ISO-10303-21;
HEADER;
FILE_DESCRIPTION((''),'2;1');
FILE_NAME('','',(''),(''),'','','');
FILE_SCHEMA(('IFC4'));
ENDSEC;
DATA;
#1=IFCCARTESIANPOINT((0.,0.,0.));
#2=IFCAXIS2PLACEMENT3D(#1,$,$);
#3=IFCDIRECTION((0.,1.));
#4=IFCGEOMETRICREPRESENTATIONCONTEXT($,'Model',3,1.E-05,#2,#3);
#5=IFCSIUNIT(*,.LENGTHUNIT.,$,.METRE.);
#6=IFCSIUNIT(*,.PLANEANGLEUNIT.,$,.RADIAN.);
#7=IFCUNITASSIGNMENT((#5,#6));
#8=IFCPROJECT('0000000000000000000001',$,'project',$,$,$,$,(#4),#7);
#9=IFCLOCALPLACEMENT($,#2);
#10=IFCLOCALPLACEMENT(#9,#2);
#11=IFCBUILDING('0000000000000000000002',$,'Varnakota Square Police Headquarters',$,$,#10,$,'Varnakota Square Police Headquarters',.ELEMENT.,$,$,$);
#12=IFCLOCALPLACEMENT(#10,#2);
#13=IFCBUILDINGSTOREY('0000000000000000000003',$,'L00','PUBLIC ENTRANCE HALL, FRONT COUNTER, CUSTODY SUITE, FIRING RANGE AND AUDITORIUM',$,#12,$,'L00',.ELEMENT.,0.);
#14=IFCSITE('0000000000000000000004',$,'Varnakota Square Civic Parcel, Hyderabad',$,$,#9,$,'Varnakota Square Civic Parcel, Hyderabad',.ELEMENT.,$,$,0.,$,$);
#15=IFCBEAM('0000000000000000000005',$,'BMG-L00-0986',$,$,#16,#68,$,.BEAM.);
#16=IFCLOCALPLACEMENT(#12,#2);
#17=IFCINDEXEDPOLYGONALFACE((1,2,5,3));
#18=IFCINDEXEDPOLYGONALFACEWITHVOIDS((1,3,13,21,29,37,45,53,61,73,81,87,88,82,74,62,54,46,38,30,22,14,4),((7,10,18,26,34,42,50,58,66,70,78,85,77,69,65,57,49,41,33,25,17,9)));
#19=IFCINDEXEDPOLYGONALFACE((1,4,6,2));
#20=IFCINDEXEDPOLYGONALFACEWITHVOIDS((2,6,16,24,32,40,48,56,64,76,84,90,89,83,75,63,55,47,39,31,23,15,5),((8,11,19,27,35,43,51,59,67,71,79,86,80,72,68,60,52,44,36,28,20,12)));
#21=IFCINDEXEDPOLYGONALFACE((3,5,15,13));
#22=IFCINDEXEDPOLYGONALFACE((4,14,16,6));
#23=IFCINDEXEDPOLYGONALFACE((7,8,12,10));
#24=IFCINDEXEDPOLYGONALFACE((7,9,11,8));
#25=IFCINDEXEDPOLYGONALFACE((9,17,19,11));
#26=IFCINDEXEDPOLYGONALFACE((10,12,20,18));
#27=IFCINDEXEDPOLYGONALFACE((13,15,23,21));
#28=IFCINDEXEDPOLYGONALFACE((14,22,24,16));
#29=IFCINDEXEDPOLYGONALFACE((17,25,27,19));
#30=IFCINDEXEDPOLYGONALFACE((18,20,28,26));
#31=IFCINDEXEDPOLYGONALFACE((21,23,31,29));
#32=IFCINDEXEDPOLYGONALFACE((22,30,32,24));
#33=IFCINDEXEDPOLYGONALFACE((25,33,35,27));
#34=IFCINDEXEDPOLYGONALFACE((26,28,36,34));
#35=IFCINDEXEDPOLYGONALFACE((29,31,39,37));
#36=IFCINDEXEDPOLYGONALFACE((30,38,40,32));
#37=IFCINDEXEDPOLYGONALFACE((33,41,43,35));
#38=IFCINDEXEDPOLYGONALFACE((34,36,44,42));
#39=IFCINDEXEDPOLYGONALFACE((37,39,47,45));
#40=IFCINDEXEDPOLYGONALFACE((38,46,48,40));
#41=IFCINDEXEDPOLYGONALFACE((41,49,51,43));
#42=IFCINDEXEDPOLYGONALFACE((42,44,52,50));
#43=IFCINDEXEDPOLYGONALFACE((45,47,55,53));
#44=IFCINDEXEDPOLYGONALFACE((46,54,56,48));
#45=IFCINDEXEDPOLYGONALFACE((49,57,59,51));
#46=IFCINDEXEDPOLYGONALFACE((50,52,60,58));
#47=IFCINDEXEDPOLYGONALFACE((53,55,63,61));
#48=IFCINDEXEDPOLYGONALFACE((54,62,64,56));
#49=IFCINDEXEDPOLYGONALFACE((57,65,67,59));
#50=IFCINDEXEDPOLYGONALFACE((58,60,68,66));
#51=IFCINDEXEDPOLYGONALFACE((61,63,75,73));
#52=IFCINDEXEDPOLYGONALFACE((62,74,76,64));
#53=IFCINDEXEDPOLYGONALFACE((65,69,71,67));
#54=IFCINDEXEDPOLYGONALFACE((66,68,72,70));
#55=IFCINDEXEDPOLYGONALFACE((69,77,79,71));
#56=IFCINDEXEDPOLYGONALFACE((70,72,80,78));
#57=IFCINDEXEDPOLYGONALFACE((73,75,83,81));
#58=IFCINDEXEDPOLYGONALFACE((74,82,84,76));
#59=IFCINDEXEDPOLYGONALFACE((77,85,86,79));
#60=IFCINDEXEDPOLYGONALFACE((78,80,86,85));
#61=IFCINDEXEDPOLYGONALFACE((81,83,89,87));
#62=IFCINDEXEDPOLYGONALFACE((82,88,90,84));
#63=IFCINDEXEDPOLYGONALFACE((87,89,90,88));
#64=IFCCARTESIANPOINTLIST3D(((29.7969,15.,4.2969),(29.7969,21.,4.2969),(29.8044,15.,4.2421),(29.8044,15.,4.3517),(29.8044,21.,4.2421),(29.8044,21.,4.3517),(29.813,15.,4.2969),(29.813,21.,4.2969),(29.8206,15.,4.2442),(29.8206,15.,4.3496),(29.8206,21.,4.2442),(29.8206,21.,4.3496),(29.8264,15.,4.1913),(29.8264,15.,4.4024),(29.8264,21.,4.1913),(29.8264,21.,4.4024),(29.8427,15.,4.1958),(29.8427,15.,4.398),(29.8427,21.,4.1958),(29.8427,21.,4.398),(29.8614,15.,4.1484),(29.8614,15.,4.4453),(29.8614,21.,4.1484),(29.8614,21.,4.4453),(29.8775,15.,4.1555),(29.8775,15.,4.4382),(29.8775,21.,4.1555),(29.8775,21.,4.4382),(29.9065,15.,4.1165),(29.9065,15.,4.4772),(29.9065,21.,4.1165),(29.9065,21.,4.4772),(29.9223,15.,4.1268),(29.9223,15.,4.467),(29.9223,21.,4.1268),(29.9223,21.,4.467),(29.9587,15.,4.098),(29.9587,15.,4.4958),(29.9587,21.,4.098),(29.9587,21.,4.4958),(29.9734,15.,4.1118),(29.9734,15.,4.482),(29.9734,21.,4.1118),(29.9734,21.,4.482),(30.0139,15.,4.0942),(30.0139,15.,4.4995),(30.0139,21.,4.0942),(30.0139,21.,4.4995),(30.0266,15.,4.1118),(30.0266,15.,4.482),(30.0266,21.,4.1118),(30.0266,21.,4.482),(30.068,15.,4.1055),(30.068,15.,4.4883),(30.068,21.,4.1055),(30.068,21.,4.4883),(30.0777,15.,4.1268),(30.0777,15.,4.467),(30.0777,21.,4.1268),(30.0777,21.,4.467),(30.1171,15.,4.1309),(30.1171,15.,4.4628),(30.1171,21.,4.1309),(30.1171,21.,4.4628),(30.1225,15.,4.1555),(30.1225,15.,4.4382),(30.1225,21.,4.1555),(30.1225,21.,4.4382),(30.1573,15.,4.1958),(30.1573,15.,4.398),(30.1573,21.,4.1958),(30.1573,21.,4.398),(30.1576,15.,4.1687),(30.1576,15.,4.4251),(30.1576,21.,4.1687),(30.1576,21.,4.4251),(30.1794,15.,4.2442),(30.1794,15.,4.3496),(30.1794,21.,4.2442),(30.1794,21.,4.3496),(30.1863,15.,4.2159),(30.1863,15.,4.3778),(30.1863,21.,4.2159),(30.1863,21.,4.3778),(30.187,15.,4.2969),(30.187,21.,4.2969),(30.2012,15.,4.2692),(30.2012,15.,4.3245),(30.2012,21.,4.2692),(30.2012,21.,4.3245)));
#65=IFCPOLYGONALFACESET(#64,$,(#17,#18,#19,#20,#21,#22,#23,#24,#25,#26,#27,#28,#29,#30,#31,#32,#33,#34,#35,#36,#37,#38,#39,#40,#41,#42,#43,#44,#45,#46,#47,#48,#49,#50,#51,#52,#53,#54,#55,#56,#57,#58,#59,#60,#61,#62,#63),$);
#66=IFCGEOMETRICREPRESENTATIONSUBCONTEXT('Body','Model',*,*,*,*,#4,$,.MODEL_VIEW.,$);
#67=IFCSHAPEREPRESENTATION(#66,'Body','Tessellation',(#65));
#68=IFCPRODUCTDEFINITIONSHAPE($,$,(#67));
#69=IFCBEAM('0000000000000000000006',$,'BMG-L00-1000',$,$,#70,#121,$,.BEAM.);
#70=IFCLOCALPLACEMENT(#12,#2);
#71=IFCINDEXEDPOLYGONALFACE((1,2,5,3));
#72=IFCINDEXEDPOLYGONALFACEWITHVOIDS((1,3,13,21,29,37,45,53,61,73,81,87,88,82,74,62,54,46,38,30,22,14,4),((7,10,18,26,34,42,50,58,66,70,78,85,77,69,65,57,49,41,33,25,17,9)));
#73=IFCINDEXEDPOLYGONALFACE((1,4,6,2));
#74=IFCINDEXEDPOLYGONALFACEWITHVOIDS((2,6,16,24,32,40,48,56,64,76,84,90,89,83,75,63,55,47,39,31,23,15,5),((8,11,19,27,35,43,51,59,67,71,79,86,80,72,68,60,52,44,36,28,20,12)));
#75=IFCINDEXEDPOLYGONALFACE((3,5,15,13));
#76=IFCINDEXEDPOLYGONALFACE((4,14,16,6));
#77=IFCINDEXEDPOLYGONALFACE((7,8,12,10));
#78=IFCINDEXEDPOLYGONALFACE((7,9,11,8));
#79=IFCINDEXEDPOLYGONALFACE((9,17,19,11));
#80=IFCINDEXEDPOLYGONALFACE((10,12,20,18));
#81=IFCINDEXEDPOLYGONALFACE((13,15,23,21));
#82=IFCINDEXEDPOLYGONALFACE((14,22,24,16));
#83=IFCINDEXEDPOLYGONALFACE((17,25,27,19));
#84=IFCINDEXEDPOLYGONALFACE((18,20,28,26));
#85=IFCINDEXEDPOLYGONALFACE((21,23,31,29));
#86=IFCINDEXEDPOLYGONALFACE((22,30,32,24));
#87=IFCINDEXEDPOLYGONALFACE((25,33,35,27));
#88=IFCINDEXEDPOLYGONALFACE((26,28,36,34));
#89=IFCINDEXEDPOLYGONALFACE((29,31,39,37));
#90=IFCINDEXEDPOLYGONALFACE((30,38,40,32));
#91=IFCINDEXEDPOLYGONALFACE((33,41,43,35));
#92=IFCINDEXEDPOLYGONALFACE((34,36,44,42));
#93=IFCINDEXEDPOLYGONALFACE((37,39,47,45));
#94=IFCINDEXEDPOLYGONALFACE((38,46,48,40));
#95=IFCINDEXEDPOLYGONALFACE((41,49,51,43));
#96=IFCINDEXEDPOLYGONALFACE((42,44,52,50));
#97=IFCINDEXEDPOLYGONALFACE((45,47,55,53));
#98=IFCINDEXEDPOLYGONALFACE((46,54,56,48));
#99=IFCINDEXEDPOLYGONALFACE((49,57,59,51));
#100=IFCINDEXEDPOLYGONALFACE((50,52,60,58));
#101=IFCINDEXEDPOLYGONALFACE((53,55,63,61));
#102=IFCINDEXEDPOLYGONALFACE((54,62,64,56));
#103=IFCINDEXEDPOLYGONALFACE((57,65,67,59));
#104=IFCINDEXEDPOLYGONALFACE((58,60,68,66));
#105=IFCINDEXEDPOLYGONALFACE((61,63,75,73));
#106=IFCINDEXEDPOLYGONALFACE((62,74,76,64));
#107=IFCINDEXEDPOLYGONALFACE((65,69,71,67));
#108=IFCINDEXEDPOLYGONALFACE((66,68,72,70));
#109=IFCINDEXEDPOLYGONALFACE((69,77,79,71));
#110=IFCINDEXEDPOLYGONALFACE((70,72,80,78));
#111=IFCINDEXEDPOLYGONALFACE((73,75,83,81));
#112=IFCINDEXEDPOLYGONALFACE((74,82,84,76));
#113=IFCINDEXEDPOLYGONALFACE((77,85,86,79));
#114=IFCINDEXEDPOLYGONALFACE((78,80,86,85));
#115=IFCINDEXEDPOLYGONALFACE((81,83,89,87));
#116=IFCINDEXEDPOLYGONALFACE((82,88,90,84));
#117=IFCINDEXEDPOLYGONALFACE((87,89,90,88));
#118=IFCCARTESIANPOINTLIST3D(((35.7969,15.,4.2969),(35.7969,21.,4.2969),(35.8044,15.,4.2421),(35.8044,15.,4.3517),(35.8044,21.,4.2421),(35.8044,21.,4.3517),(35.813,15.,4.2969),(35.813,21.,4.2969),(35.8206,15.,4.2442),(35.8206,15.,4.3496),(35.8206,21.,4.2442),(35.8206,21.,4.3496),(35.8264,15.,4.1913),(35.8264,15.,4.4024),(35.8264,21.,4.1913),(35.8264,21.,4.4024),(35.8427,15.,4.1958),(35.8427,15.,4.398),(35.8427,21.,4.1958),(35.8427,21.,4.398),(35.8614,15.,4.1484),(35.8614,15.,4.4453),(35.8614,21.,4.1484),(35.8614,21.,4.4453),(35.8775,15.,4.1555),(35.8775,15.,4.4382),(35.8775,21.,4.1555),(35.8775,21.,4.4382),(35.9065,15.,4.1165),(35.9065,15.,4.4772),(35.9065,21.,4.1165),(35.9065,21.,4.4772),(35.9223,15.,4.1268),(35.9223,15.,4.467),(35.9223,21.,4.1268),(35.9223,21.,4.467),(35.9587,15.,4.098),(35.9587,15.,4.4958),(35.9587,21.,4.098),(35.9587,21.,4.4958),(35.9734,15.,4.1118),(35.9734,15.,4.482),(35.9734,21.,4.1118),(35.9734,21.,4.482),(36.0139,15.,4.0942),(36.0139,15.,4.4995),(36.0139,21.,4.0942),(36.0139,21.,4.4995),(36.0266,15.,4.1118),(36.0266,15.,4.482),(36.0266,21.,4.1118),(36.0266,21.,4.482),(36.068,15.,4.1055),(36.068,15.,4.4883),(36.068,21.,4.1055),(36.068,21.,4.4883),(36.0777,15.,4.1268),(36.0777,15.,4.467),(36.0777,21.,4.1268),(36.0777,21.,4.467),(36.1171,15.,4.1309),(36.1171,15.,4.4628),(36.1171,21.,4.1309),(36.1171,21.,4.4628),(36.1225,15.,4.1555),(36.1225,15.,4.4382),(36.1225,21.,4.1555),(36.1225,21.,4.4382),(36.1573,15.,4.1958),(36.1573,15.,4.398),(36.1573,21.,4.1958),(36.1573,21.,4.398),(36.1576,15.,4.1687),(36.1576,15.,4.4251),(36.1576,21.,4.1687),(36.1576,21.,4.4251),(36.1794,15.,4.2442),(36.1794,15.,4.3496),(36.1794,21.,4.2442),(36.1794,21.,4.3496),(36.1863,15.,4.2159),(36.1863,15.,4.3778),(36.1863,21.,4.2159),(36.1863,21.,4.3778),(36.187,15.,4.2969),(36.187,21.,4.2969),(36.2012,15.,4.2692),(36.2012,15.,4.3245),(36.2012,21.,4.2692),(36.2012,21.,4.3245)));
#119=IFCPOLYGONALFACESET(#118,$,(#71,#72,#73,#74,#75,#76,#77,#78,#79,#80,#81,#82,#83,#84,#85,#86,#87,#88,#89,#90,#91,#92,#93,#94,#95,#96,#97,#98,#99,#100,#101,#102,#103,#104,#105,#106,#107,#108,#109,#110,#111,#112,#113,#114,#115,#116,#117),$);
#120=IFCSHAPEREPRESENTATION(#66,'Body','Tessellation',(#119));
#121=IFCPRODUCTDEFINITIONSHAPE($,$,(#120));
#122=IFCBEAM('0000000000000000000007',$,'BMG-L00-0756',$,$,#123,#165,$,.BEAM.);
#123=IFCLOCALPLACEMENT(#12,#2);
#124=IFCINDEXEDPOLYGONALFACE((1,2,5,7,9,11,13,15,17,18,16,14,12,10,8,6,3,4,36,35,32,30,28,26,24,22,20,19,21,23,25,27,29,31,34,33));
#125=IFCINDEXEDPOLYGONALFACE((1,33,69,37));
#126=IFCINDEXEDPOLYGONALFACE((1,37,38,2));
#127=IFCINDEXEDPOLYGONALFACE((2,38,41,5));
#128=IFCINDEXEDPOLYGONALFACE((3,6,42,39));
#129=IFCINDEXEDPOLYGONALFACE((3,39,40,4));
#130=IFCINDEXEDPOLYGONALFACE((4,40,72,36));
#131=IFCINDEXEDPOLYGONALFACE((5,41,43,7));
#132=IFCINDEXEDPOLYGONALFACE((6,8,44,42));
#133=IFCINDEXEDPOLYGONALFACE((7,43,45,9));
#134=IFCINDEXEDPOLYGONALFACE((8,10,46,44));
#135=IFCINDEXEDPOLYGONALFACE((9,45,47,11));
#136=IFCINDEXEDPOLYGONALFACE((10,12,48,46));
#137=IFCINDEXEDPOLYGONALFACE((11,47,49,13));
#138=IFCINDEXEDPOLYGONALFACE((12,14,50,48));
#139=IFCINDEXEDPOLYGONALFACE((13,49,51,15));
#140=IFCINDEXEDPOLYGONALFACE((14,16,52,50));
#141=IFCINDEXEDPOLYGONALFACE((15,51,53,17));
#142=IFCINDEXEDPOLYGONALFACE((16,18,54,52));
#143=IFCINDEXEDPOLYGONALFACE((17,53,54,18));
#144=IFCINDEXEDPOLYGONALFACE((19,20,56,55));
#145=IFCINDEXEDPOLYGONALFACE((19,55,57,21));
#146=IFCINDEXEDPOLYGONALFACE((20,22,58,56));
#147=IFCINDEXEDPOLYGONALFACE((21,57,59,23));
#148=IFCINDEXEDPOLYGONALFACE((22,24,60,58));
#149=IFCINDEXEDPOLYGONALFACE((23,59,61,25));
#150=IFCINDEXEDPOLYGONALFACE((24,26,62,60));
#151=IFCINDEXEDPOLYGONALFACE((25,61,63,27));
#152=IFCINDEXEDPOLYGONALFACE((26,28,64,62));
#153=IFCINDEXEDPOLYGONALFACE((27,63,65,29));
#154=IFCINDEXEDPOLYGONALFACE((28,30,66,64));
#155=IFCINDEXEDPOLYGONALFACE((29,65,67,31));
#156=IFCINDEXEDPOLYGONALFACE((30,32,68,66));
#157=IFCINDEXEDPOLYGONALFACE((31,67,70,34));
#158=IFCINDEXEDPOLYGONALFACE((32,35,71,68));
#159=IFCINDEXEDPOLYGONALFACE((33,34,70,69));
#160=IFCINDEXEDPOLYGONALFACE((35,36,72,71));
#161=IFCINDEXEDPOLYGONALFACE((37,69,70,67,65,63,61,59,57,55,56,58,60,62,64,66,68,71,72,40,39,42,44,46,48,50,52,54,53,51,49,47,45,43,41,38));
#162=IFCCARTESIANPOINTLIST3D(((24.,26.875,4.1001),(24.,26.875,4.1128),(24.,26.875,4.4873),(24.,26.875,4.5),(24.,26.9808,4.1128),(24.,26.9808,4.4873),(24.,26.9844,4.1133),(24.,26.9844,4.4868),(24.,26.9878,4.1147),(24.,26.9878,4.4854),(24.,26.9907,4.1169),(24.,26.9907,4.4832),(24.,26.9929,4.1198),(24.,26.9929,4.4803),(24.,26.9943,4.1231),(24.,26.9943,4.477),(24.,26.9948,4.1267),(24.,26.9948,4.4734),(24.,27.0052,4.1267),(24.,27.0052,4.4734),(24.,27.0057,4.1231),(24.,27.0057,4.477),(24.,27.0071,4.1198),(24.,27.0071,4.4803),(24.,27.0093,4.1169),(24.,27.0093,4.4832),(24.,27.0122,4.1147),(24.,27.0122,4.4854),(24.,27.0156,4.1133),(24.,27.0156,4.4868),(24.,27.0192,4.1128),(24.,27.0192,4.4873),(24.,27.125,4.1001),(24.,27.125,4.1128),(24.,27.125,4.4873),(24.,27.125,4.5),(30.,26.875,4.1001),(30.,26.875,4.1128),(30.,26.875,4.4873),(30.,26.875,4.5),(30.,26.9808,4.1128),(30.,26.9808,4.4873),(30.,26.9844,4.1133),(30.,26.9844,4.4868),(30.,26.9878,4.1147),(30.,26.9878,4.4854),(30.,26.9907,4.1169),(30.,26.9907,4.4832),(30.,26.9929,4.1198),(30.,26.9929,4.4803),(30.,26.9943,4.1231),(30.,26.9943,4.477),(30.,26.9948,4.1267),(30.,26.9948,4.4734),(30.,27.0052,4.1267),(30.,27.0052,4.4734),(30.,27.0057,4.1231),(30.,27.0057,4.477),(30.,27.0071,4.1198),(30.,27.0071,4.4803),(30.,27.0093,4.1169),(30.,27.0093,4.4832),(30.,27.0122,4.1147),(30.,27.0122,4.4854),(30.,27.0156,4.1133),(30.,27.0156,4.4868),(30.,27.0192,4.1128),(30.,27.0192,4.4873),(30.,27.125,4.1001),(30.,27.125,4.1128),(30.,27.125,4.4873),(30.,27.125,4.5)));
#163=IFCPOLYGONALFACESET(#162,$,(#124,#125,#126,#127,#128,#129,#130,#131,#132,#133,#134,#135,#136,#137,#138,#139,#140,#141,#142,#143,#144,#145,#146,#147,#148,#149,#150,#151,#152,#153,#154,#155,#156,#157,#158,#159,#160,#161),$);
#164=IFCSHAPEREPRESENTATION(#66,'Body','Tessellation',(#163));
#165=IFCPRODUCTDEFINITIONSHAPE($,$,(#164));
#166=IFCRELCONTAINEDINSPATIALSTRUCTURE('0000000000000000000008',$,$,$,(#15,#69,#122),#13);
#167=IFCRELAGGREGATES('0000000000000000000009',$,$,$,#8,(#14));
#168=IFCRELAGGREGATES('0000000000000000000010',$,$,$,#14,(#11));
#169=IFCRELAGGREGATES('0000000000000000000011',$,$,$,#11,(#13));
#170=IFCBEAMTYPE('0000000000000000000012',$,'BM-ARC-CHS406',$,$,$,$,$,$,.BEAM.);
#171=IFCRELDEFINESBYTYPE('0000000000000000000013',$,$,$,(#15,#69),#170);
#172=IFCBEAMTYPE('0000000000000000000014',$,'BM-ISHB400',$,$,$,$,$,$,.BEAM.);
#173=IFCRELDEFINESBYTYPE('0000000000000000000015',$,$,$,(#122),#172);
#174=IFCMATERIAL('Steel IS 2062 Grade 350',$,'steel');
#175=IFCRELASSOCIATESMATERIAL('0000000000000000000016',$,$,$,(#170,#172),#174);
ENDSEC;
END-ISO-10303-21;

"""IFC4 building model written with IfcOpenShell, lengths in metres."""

from ifc_helpers import new_model, si_unit, direction, frame, origin, origin_2d, place, context, subcontext, project, spatial, hollow_circle, i_section, extrude, material, material_profile, profile_set, type_object, element, save


model = new_model("IFC4")

# Units and contexts
model_context = context("Model", 3, precision=1e-05, world=origin(), true_north=direction((0.0, 1.0)))
body_context = subcontext(model_context, "Body", "Model", "MODEL_VIEW")
ifc_project = project(units=[si_unit("LENGTHUNIT", "METRE"), si_unit("PLANEANGLEUNIT", "RADIAN")], contexts=[model_context])

# Site, building, storey
site_placement = place(None, origin())
site = spatial("IfcSite", under=ifc_project, at=site_placement, Name="Varnakota Square Civic Parcel, Hyderabad", LongName="Varnakota Square Civic Parcel, Hyderabad", CompositionType="ELEMENT", RefElevation=0.0)
building_placement = place(site_placement, origin())
building = spatial("IfcBuilding", under=site, at=building_placement, Name="Varnakota Square Police Headquarters", LongName="Varnakota Square Police Headquarters", CompositionType="ELEMENT")
storey_placement = place(building_placement, origin())
storey = spatial("IfcBuildingStorey", under=building, at=storey_placement, Name="L00", Description="PUBLIC ENTRANCE HALL, FRONT COUNTER, CUSTODY SUITE, FIRING RANGE AND AUDITORIUM", LongName="L00", CompositionType="ELEMENT", Elevation=0.0)

# Beams
ifc_material_1 = material(Name="Steel IS 2062 Grade 350", Category="steel")
ifc_material_profile_1 = material_profile(ifc_material_1, hollow_circle(Radius=0.2031, WallThickness=0.0161, at=origin_2d()), Name="CHS 406.4x16.0")
ifc_profile_set_1 = profile_set([ifc_material_profile_1], Name="Steel IS 2062 Grade 350")
beam_type_1 = type_object("IfcBeamType", Name="BM-ARC-CHS406", PredefinedType="BEAM", material=ifc_profile_set_1)
for number, where, z_axis, x_axis, name in (
    (1, (30.0, 15.0, 4.2969), (0.0, 1.0, 0.0), (-1.0, 0.0, 0.0), "BMG-L00-0986"),
    (2, (36.0, 15.0, 4.2969), (0.0, 1.0, 0.0), (-1.0, 0.0, 0.0), "BMG-L00-1000"),
):
    element("IfcBeam", number, at=place(storey_placement, frame(where, z_axis=z_axis, x_axis=x_axis)), inside=storey, type_object=beam_type_1, Name=name, PredefinedType="BEAM", context=body_context, shape_type="SweptSolid", body=[
        extrude(hollow_circle(Radius=0.2031, WallThickness=0.0161, at=origin_2d()), origin(), (0.0, 0.0, 1.0), 6.0),
    ])
ifc_material_profile_2 = material_profile(ifc_material_1, i_section(OverallWidth=0.25, OverallDepth=0.3999, WebThickness=0.0105, FlangeThickness=0.0127, FilletRadius=0.0139, at=origin_2d()), Name="ISHB 400")
ifc_profile_set_2 = profile_set([ifc_material_profile_2], Name="Steel IS 2062 Grade 350")
beam_type_2 = type_object("IfcBeamType", Name="BM-ISHB400", PredefinedType="BEAM", material=ifc_profile_set_2)
beam_1_placement = place(storey_placement, frame((24.0, 27.0, 4.3), z_axis=(1.0, 0.0, 0.0), x_axis=(0.0, 1.0, 0.0)))
element("IfcBeam", 3, at=beam_1_placement, inside=storey, type_object=beam_type_2, Name="BMG-L00-0756", PredefinedType="BEAM", context=body_context, shape_type="SweptSolid", body=[
    extrude(i_section(OverallWidth=0.25, OverallDepth=0.3999, WebThickness=0.0105, FlangeThickness=0.0127, FilletRadius=0.0139, at=origin_2d()), origin(), (0.0, 0.0, 1.0), 6.0),
])

save(model, "model.ifc")
